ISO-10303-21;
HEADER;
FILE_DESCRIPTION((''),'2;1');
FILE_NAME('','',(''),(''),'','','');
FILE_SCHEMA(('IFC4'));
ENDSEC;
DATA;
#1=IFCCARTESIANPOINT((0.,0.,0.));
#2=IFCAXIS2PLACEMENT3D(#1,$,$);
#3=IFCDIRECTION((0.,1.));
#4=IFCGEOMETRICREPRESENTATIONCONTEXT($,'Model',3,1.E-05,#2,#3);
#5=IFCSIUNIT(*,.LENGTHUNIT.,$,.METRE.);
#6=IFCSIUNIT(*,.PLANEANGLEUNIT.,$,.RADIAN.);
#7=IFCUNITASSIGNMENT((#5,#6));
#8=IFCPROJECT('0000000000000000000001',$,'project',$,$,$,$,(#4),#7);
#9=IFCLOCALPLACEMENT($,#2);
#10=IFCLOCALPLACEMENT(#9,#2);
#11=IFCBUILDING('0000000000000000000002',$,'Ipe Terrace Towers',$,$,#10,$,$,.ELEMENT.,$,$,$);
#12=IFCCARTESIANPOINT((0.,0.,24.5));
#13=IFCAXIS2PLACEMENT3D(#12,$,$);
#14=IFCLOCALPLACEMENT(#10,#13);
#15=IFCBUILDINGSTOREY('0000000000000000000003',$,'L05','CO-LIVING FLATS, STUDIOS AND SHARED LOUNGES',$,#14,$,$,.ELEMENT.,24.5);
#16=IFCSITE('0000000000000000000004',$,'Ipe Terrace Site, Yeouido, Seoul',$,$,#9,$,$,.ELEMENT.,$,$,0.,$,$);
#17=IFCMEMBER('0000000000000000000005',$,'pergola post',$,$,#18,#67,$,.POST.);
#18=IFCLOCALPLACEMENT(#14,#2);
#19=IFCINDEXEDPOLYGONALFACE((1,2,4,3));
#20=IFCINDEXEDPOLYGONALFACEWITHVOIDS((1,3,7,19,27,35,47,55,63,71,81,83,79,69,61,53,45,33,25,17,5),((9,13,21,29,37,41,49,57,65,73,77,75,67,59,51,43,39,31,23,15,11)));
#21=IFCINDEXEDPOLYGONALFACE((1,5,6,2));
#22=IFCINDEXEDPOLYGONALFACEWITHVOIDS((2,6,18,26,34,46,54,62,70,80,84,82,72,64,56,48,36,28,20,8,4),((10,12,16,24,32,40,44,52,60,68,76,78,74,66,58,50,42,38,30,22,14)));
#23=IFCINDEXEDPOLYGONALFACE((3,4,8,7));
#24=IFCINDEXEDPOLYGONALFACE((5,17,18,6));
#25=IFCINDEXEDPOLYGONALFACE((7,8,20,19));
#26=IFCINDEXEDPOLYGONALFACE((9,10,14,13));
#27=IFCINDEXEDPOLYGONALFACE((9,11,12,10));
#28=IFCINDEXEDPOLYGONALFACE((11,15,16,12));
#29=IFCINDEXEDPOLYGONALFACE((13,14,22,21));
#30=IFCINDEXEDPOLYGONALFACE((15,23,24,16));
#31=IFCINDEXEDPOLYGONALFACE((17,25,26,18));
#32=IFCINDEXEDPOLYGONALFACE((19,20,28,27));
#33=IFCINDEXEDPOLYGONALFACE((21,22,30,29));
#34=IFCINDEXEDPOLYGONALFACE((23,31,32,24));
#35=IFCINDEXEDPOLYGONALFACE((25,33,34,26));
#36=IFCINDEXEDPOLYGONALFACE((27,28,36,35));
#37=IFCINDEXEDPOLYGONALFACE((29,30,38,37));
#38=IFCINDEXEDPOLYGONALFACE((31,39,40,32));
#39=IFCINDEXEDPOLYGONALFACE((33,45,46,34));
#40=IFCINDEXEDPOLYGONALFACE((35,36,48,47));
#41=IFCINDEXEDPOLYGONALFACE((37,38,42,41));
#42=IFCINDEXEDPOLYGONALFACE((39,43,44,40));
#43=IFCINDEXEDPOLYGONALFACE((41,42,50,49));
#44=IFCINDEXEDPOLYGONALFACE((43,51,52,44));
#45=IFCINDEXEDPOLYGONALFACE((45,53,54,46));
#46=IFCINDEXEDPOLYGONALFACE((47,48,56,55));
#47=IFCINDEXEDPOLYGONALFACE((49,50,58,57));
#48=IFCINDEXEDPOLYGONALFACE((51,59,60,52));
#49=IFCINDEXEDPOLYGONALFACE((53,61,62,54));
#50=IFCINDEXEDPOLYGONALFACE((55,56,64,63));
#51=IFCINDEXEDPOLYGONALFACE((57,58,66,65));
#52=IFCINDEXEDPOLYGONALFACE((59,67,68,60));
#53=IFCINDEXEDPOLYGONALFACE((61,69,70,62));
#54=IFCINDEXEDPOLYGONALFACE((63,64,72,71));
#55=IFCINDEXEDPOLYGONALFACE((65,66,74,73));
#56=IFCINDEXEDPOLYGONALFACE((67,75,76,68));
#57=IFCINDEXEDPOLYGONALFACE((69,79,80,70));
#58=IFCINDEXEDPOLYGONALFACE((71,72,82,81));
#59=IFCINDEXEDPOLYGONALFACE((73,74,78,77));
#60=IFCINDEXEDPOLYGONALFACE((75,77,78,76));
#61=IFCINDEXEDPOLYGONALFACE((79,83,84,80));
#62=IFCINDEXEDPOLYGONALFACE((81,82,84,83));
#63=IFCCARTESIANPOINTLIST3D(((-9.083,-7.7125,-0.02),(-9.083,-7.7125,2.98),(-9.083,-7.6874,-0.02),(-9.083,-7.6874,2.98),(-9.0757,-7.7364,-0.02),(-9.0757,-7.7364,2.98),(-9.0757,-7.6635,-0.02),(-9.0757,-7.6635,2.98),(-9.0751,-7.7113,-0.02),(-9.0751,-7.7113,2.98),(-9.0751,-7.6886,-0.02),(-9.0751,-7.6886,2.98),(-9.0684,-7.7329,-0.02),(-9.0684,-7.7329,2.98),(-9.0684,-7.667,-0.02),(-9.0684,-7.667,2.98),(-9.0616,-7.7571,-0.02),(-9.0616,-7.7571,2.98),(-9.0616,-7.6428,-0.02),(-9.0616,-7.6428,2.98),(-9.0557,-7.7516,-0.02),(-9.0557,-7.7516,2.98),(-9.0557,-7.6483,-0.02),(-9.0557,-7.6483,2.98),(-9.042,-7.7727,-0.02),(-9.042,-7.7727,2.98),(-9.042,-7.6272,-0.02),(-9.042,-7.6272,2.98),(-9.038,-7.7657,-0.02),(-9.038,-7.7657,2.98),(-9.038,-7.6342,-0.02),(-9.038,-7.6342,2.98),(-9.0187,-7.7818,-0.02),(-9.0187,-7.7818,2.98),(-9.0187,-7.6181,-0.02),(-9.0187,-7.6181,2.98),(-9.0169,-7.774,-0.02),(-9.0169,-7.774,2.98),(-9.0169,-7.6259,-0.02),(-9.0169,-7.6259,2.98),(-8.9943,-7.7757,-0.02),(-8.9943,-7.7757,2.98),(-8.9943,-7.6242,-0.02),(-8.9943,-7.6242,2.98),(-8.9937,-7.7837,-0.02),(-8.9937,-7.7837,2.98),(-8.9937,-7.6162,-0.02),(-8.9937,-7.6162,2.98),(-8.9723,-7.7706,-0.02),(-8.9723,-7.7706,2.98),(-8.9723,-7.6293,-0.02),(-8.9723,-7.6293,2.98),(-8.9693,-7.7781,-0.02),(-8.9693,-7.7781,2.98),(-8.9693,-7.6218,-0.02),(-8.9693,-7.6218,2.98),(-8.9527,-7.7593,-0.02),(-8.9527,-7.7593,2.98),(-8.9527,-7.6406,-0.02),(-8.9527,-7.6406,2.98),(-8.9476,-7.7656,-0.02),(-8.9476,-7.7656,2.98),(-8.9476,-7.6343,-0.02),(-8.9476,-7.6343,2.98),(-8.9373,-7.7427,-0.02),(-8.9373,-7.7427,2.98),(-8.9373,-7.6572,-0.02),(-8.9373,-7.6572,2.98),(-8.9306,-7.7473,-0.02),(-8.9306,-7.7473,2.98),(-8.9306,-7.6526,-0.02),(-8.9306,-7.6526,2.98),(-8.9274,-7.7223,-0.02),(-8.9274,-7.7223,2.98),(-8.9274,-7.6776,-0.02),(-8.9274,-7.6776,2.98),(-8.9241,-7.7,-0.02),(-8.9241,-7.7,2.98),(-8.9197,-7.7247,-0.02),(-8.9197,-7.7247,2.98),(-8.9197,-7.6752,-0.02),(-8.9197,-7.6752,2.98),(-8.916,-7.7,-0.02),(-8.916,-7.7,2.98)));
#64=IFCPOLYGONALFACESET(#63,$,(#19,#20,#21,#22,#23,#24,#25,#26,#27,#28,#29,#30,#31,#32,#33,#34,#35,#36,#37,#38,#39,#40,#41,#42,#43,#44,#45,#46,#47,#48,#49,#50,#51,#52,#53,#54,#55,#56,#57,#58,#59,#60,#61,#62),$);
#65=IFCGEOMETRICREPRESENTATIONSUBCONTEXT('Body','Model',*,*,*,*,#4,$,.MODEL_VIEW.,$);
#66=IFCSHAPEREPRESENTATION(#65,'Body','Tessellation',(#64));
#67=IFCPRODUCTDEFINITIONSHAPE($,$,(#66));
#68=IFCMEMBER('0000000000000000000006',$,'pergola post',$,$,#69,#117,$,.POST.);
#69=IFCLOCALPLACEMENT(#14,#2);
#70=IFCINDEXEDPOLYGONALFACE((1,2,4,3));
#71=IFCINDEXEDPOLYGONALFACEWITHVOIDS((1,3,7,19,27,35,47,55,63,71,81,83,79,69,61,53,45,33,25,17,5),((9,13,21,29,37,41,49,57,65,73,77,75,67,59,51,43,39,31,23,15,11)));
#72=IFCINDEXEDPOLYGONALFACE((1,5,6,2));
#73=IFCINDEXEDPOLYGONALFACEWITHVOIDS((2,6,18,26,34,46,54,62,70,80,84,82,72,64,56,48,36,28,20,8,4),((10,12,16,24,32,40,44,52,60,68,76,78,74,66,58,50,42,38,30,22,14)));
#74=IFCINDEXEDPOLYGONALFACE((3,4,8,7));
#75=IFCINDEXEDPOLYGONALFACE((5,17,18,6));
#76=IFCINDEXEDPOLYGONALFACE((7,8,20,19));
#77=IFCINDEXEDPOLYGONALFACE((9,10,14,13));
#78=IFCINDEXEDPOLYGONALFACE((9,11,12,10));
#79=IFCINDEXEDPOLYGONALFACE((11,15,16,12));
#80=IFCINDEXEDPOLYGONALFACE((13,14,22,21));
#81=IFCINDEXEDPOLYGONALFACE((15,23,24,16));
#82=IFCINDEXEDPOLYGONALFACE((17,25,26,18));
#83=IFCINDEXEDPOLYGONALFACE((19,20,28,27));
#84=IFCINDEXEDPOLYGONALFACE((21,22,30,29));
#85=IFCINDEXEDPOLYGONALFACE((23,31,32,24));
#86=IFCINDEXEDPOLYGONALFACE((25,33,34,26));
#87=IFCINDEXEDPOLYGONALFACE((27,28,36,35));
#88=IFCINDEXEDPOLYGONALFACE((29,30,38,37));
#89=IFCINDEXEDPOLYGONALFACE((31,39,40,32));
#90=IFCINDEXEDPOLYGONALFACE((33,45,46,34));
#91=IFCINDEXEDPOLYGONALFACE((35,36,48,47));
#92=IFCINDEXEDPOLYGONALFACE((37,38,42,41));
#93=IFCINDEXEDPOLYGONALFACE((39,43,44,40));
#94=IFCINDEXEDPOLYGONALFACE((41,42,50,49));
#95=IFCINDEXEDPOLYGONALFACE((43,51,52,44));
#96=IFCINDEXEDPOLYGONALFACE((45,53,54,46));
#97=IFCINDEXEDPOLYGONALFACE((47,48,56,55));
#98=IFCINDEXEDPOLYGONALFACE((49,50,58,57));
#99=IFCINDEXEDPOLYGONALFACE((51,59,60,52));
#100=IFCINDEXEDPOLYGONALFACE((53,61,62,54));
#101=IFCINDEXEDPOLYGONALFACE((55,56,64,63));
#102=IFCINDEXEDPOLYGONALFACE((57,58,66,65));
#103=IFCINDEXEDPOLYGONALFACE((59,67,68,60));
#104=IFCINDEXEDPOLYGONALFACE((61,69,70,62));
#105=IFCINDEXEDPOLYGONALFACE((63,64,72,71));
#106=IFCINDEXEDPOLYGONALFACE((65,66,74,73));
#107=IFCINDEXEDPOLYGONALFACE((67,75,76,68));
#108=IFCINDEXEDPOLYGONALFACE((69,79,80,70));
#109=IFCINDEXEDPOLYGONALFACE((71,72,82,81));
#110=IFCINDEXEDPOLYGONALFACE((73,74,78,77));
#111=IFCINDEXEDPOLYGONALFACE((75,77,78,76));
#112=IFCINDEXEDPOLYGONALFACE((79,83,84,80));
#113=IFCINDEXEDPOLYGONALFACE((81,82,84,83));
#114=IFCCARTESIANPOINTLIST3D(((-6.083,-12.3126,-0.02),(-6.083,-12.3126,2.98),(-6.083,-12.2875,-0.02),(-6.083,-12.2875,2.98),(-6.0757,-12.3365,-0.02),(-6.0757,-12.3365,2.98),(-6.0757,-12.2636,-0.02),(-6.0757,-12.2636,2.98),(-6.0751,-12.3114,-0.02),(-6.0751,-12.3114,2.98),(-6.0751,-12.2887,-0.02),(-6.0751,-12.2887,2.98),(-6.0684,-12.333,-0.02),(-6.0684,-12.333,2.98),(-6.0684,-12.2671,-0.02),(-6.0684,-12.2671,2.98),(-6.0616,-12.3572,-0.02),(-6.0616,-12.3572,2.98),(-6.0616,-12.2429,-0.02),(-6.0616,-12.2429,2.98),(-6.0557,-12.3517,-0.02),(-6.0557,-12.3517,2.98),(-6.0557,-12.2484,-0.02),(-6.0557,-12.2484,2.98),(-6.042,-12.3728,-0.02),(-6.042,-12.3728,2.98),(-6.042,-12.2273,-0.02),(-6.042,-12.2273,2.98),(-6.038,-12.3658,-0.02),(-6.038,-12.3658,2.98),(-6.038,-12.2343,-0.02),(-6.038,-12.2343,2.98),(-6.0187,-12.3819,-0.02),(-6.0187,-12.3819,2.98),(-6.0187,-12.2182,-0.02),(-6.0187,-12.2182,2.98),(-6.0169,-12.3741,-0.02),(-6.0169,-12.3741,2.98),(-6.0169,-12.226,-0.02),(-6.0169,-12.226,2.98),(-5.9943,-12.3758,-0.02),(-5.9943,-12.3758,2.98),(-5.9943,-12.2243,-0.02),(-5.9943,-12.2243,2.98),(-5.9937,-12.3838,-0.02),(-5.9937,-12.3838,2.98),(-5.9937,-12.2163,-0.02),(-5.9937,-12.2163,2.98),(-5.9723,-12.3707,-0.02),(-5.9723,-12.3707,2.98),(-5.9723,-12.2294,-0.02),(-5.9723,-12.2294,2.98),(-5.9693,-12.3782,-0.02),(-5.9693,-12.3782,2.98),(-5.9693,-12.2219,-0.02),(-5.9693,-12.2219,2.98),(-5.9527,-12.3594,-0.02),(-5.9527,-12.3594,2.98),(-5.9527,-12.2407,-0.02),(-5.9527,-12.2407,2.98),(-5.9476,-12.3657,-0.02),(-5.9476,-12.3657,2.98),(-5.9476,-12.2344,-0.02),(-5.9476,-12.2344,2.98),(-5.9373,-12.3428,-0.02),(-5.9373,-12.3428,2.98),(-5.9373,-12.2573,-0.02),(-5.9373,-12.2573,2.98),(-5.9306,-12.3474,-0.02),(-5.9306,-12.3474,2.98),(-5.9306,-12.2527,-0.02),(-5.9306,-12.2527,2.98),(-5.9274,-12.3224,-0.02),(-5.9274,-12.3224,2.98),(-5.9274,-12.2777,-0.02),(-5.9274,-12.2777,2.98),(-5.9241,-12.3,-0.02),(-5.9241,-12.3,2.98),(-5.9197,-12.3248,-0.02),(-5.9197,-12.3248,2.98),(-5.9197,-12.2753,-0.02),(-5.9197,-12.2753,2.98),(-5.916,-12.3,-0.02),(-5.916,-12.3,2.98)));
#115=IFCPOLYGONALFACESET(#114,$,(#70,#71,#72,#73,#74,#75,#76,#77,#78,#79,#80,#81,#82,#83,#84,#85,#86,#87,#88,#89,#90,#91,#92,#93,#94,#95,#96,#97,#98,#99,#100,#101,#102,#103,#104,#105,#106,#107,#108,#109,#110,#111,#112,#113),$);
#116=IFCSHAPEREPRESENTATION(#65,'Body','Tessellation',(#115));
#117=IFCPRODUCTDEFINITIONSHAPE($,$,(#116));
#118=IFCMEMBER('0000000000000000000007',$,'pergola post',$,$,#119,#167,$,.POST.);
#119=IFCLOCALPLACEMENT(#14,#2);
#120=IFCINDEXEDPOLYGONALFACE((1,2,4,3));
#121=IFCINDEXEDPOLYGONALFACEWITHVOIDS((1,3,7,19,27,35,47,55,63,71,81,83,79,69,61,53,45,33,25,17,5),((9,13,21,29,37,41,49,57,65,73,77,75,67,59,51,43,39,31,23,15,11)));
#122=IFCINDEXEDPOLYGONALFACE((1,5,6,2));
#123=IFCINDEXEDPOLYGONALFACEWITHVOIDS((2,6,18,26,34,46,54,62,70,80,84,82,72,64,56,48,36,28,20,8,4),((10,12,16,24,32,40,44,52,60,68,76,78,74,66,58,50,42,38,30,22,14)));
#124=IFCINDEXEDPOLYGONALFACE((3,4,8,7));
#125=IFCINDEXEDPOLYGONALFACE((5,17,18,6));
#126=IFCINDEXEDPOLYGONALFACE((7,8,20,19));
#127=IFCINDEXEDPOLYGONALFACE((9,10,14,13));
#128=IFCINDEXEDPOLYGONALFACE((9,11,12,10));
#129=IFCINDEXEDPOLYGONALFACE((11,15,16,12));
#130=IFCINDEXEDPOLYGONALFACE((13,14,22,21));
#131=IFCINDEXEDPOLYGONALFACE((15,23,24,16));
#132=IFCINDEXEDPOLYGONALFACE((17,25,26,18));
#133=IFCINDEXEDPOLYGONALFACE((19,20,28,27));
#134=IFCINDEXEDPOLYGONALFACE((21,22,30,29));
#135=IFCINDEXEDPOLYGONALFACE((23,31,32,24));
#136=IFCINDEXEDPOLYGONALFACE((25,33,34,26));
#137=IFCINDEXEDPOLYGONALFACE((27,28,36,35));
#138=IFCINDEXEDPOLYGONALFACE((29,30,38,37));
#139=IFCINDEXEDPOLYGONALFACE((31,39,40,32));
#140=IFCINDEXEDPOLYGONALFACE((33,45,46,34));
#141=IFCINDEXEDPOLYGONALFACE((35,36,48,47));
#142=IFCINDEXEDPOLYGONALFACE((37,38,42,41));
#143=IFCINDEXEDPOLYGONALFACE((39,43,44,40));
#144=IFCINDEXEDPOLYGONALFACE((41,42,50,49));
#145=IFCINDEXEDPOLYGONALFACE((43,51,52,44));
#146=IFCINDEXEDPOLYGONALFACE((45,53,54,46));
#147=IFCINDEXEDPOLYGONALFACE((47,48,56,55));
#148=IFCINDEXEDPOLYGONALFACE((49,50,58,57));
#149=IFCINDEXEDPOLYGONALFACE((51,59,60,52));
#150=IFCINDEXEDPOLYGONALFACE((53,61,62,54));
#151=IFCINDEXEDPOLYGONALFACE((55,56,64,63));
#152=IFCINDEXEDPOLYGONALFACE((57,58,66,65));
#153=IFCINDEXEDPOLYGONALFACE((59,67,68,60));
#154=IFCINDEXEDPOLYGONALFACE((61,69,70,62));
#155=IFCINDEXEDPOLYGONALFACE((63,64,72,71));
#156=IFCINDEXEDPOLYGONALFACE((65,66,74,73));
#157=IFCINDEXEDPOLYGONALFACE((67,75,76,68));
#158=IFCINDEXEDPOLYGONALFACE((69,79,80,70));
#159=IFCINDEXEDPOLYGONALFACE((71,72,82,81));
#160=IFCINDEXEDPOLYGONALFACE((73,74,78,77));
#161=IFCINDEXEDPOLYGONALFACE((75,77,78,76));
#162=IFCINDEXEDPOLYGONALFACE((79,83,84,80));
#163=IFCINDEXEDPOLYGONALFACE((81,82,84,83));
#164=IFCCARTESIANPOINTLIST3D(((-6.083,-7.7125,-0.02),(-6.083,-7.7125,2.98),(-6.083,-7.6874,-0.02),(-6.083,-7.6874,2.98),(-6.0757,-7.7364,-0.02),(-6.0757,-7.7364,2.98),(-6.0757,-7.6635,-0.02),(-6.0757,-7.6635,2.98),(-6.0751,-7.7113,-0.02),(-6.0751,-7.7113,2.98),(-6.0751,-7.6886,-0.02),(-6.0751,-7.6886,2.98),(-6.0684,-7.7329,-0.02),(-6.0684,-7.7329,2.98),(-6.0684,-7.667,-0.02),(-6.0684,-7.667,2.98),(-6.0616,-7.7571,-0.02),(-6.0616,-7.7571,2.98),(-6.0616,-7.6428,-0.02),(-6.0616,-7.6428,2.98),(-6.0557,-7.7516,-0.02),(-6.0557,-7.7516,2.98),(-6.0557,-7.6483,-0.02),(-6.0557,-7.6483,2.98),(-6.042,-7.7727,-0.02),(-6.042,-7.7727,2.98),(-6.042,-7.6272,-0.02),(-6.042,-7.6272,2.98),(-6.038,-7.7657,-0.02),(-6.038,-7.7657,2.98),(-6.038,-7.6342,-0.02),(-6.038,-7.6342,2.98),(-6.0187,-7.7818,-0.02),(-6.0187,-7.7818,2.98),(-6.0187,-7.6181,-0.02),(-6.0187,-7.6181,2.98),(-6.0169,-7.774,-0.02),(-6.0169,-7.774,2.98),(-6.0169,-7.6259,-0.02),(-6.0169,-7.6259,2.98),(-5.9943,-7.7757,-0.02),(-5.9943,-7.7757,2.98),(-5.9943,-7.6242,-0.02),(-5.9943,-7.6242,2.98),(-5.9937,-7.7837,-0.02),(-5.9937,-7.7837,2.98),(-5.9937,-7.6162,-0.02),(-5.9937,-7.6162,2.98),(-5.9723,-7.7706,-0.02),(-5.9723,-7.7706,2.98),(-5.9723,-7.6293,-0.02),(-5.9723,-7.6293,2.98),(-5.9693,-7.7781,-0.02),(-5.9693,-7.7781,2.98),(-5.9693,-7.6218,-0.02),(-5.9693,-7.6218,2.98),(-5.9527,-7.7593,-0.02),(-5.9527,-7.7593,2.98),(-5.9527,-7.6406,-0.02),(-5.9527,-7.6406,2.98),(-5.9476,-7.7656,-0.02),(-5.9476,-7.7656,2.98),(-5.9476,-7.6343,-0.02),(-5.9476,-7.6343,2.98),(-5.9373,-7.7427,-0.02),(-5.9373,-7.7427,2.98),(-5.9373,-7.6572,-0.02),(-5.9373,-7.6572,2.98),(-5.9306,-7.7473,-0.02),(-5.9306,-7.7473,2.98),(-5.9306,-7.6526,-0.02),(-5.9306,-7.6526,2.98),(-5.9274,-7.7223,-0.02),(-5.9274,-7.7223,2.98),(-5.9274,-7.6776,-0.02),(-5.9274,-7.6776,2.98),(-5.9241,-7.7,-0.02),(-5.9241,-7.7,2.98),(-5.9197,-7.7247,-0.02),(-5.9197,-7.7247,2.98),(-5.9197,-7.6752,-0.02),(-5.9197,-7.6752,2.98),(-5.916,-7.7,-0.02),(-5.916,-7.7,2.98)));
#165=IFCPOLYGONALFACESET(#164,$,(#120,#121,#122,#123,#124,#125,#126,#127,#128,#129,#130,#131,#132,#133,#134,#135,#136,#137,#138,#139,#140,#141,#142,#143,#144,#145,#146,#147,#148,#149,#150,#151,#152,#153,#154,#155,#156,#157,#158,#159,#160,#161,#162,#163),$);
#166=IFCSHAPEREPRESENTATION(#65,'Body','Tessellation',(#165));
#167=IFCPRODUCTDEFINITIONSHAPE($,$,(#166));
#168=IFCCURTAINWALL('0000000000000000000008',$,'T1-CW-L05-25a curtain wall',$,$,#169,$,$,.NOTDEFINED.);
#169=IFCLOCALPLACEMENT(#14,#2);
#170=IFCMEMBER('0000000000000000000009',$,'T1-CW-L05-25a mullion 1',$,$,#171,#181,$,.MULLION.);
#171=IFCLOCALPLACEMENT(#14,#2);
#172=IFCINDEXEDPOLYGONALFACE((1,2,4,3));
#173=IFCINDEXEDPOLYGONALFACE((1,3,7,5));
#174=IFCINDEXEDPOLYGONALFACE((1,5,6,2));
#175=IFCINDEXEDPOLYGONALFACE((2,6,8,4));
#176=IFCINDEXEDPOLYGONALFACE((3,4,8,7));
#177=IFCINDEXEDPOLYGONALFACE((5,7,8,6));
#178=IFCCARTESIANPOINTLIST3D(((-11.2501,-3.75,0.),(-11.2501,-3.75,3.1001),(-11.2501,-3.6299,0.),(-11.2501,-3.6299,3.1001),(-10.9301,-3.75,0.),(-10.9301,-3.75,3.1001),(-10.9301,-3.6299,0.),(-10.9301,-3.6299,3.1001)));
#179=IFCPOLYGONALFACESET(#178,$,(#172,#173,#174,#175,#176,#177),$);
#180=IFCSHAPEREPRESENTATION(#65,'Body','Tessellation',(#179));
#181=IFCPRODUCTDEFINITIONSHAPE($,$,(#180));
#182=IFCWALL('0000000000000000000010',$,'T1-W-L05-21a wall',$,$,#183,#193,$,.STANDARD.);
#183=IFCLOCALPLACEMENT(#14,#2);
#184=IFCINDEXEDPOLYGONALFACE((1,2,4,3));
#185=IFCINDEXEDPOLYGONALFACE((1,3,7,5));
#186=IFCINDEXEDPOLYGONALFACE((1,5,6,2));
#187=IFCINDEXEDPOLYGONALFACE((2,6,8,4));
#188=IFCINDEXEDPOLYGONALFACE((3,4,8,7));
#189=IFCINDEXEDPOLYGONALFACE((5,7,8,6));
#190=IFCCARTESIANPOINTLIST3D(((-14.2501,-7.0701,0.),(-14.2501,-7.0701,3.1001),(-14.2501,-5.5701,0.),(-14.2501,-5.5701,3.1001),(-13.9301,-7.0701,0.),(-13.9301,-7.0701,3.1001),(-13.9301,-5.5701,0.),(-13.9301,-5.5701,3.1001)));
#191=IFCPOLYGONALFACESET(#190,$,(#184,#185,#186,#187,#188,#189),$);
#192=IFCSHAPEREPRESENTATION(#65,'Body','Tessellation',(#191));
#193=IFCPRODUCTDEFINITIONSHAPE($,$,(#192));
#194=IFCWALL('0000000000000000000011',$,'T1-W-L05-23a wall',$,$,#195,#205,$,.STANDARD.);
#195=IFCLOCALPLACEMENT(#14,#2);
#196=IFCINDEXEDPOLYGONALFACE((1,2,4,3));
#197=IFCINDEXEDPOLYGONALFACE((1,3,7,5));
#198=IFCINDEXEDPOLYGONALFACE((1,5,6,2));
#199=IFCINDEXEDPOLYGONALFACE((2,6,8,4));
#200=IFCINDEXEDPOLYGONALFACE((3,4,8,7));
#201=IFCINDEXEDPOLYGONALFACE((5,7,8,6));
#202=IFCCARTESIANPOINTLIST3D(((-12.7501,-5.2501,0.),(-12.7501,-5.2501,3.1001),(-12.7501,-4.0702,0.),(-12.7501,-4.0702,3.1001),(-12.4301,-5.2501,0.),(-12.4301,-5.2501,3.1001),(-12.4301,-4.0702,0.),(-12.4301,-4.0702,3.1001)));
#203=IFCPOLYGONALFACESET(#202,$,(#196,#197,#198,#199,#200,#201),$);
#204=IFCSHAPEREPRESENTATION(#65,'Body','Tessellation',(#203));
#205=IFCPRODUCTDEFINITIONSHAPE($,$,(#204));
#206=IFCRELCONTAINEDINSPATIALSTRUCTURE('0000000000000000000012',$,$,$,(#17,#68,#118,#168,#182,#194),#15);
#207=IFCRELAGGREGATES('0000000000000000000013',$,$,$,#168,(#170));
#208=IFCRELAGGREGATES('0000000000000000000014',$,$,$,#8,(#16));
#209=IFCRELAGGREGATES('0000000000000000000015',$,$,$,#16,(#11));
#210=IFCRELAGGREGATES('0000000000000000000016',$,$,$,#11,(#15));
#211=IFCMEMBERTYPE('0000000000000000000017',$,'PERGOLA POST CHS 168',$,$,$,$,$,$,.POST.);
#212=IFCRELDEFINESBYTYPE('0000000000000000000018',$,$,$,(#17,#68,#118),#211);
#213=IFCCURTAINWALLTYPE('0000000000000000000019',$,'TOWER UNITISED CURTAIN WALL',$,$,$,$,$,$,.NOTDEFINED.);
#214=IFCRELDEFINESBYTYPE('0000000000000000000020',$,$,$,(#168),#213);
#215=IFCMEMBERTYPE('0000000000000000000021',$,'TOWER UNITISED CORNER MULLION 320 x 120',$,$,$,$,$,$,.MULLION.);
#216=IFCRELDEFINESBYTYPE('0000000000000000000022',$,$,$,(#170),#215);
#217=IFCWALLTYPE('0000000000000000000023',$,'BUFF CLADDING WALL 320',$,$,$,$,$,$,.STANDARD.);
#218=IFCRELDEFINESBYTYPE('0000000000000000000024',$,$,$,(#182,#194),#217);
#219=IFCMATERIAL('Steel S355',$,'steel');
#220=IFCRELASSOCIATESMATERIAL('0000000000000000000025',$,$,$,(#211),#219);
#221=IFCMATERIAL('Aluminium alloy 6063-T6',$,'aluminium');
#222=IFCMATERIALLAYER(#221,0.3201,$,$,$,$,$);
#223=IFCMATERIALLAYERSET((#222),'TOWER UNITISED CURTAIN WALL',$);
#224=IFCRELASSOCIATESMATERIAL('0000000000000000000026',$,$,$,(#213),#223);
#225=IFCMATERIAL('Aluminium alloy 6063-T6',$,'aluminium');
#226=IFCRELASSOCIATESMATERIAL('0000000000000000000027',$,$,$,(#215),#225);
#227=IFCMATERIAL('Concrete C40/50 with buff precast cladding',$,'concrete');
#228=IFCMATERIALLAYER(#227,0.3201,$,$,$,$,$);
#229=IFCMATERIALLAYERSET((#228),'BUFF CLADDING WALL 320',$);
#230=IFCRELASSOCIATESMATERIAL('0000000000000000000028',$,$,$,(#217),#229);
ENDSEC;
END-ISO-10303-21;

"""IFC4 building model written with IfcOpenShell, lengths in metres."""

from ifc_helpers import new_model, si_unit, direction, frame, frame_2d, origin, origin_2d, place, context, subcontext, project, spatial, rectangle, hollow_circle, extrude, material, layer, layer_set, material_profile, profile_set, type_object, element, aggregate, save


model = new_model("IFC4")

# Units and contexts
model_context = context("Model", 3, precision=1e-05, world=origin(), true_north=direction((0.0, 1.0)))
body_context = subcontext(model_context, "Body", "Model", "MODEL_VIEW")
ifc_project = project(units=[si_unit("LENGTHUNIT", "METRE"), si_unit("PLANEANGLEUNIT", "RADIAN")], contexts=[model_context])

# Site, building, storey
site_placement = place(None, origin())
site = spatial("IfcSite", under=ifc_project, at=site_placement, Name="Ipe Terrace Site, Yeouido, Seoul", CompositionType="ELEMENT", RefElevation=0.0)
building_placement = place(site_placement, origin())
building = spatial("IfcBuilding", under=site, at=building_placement, Name="Ipe Terrace Towers", CompositionType="ELEMENT")
storey_placement = place(building_placement, frame((0.0, 0.0, 24.5)))
storey = spatial("IfcBuildingStorey", under=building, at=storey_placement, Name="L05", Description="CO-LIVING FLATS, STUDIOS AND SHARED LOUNGES", CompositionType="ELEMENT", Elevation=24.5)

# Members
ifc_material_1 = material(Name="Steel S355", Category="steel")
ifc_material_profile_1 = material_profile(ifc_material_1, hollow_circle(Radius=0.084, WallThickness=0.0081, at=origin_2d()), Name="PERGOLA POST CHS 168")
ifc_profile_set_1 = profile_set([ifc_material_profile_1], Name="Steel S355")
member_type_1 = type_object("IfcMemberType", Name="PERGOLA POST CHS 168", PredefinedType="POST", material=ifc_profile_set_1)
for number, where, z_axis, x_axis, name in (
    (1, (-9.0, -7.7, -0.02), (0.0, 0.0, 1.0), (1.0, 0.0, 0.0), "pergola post"),
    (2, (-6.0, -12.3, -0.02), (0.0, 0.0, 1.0), (1.0, 0.0, 0.0), "pergola post"),
    (3, (-6.0, -7.7, -0.02), (0.0, 0.0, 1.0), (1.0, 0.0, 0.0), "pergola post"),
):
    element("IfcMember", number, at=place(storey_placement, frame(where, z_axis=z_axis, x_axis=x_axis)), inside=storey, type_object=member_type_1, Name=name, PredefinedType="POST", context=body_context, shape_type="SweptSolid", body=[
        extrude(hollow_circle(Radius=0.084, WallThickness=0.0081, at=origin_2d()), origin(), (0.0, 0.0, 1.0), 3.0),
    ])

# Curtain wall, member
ifc_material_2 = material(Name="Aluminium alloy 6063-T6", Category="aluminium")
ifc_layer_1 = layer(ifc_material_2, 0.3201)
ifc_layer_set_1 = layer_set([ifc_layer_1], Name="TOWER UNITISED CURTAIN WALL")
curtain_wall_type = type_object("IfcCurtainWallType", Name="TOWER UNITISED CURTAIN WALL", PredefinedType="NOTDEFINED", material=ifc_layer_set_1)
curtain_wall_placement = place(storey_placement, origin())
curtain_wall = element("IfcCurtainWall", 4, at=curtain_wall_placement, inside=storey, type_object=curtain_wall_type, Name="T1-CW-L05-25a curtain wall", PredefinedType="NOTDEFINED")
ifc_material_3 = material(Name="Aluminium alloy 6063-T6", Category="aluminium")
ifc_material_profile_2 = material_profile(ifc_material_3, rectangle(XDim=0.3201, YDim=0.1201, at=origin_2d()), Name="TOWER UNITISED CORNER MULLION 320 x 120")
ifc_profile_set_2 = profile_set([ifc_material_profile_2], Name="Aluminium alloy 6063-T6")
member_type_2 = type_object("IfcMemberType", Name="TOWER UNITISED CORNER MULLION 320 x 120", PredefinedType="MULLION", material=ifc_profile_set_2)
member_placement = place(storey_placement, frame((-11.0901, -3.6899, 0.0), z_axis=(0.0, 0.0, 1.0), x_axis=(1.0, 0.0, 0.0)))
member = element("IfcMember", 5, at=member_placement, type_object=member_type_2, Name="T1-CW-L05-25a mullion 1", PredefinedType="MULLION", context=body_context, shape_type="SweptSolid", body=[
    extrude(rectangle(XDim=0.3201, YDim=0.1201, at=origin_2d()), origin(), (0.0, 0.0, 1.0), 3.1001),
])
aggregate(curtain_wall, [member])

# Walls
ifc_material_4 = material(Name="Concrete C40/50 with buff precast cladding", Category="concrete")
ifc_layer_2 = layer(ifc_material_4, 0.3201)
ifc_layer_set_2 = layer_set([ifc_layer_2], Name="BUFF CLADDING WALL 320")
wall_type_1 = type_object("IfcWallType", Name="BUFF CLADDING WALL 320", PredefinedType="STANDARD", material=ifc_layer_set_2)
wall_1_placement = place(storey_placement, frame((-14.0901, -7.0701, 0.0), z_axis=(0.0, 0.0, 1.0), x_axis=(0.0, 1.0, 0.0)))
element("IfcWall", 6, at=wall_1_placement, inside=storey, type_object=wall_type_1, Name="T1-W-L05-21a wall", PredefinedType="STANDARD", context=body_context, shape_type="SweptSolid", body=[
    extrude(rectangle(XDim=1.5, YDim=0.3201, at=frame_2d((0.75, 0.0))), origin(), (0.0, 0.0, 1.0), 3.1001),
])
wall_2_placement = place(storey_placement, frame((-12.5901, -5.25, 0.0), z_axis=(0.0, 0.0, 1.0), x_axis=(0.0, 1.0, 0.0)))
element("IfcWall", 7, at=wall_2_placement, inside=storey, type_object=wall_type_1, Name="T1-W-L05-23a wall", PredefinedType="STANDARD", context=body_context, shape_type="SweptSolid", body=[
    extrude(rectangle(XDim=1.1799, YDim=0.3201, at=frame_2d((0.5898, 0.0))), origin(), (0.0, 0.0, 1.0), 3.1001),
])

save(model, "model.ifc")
